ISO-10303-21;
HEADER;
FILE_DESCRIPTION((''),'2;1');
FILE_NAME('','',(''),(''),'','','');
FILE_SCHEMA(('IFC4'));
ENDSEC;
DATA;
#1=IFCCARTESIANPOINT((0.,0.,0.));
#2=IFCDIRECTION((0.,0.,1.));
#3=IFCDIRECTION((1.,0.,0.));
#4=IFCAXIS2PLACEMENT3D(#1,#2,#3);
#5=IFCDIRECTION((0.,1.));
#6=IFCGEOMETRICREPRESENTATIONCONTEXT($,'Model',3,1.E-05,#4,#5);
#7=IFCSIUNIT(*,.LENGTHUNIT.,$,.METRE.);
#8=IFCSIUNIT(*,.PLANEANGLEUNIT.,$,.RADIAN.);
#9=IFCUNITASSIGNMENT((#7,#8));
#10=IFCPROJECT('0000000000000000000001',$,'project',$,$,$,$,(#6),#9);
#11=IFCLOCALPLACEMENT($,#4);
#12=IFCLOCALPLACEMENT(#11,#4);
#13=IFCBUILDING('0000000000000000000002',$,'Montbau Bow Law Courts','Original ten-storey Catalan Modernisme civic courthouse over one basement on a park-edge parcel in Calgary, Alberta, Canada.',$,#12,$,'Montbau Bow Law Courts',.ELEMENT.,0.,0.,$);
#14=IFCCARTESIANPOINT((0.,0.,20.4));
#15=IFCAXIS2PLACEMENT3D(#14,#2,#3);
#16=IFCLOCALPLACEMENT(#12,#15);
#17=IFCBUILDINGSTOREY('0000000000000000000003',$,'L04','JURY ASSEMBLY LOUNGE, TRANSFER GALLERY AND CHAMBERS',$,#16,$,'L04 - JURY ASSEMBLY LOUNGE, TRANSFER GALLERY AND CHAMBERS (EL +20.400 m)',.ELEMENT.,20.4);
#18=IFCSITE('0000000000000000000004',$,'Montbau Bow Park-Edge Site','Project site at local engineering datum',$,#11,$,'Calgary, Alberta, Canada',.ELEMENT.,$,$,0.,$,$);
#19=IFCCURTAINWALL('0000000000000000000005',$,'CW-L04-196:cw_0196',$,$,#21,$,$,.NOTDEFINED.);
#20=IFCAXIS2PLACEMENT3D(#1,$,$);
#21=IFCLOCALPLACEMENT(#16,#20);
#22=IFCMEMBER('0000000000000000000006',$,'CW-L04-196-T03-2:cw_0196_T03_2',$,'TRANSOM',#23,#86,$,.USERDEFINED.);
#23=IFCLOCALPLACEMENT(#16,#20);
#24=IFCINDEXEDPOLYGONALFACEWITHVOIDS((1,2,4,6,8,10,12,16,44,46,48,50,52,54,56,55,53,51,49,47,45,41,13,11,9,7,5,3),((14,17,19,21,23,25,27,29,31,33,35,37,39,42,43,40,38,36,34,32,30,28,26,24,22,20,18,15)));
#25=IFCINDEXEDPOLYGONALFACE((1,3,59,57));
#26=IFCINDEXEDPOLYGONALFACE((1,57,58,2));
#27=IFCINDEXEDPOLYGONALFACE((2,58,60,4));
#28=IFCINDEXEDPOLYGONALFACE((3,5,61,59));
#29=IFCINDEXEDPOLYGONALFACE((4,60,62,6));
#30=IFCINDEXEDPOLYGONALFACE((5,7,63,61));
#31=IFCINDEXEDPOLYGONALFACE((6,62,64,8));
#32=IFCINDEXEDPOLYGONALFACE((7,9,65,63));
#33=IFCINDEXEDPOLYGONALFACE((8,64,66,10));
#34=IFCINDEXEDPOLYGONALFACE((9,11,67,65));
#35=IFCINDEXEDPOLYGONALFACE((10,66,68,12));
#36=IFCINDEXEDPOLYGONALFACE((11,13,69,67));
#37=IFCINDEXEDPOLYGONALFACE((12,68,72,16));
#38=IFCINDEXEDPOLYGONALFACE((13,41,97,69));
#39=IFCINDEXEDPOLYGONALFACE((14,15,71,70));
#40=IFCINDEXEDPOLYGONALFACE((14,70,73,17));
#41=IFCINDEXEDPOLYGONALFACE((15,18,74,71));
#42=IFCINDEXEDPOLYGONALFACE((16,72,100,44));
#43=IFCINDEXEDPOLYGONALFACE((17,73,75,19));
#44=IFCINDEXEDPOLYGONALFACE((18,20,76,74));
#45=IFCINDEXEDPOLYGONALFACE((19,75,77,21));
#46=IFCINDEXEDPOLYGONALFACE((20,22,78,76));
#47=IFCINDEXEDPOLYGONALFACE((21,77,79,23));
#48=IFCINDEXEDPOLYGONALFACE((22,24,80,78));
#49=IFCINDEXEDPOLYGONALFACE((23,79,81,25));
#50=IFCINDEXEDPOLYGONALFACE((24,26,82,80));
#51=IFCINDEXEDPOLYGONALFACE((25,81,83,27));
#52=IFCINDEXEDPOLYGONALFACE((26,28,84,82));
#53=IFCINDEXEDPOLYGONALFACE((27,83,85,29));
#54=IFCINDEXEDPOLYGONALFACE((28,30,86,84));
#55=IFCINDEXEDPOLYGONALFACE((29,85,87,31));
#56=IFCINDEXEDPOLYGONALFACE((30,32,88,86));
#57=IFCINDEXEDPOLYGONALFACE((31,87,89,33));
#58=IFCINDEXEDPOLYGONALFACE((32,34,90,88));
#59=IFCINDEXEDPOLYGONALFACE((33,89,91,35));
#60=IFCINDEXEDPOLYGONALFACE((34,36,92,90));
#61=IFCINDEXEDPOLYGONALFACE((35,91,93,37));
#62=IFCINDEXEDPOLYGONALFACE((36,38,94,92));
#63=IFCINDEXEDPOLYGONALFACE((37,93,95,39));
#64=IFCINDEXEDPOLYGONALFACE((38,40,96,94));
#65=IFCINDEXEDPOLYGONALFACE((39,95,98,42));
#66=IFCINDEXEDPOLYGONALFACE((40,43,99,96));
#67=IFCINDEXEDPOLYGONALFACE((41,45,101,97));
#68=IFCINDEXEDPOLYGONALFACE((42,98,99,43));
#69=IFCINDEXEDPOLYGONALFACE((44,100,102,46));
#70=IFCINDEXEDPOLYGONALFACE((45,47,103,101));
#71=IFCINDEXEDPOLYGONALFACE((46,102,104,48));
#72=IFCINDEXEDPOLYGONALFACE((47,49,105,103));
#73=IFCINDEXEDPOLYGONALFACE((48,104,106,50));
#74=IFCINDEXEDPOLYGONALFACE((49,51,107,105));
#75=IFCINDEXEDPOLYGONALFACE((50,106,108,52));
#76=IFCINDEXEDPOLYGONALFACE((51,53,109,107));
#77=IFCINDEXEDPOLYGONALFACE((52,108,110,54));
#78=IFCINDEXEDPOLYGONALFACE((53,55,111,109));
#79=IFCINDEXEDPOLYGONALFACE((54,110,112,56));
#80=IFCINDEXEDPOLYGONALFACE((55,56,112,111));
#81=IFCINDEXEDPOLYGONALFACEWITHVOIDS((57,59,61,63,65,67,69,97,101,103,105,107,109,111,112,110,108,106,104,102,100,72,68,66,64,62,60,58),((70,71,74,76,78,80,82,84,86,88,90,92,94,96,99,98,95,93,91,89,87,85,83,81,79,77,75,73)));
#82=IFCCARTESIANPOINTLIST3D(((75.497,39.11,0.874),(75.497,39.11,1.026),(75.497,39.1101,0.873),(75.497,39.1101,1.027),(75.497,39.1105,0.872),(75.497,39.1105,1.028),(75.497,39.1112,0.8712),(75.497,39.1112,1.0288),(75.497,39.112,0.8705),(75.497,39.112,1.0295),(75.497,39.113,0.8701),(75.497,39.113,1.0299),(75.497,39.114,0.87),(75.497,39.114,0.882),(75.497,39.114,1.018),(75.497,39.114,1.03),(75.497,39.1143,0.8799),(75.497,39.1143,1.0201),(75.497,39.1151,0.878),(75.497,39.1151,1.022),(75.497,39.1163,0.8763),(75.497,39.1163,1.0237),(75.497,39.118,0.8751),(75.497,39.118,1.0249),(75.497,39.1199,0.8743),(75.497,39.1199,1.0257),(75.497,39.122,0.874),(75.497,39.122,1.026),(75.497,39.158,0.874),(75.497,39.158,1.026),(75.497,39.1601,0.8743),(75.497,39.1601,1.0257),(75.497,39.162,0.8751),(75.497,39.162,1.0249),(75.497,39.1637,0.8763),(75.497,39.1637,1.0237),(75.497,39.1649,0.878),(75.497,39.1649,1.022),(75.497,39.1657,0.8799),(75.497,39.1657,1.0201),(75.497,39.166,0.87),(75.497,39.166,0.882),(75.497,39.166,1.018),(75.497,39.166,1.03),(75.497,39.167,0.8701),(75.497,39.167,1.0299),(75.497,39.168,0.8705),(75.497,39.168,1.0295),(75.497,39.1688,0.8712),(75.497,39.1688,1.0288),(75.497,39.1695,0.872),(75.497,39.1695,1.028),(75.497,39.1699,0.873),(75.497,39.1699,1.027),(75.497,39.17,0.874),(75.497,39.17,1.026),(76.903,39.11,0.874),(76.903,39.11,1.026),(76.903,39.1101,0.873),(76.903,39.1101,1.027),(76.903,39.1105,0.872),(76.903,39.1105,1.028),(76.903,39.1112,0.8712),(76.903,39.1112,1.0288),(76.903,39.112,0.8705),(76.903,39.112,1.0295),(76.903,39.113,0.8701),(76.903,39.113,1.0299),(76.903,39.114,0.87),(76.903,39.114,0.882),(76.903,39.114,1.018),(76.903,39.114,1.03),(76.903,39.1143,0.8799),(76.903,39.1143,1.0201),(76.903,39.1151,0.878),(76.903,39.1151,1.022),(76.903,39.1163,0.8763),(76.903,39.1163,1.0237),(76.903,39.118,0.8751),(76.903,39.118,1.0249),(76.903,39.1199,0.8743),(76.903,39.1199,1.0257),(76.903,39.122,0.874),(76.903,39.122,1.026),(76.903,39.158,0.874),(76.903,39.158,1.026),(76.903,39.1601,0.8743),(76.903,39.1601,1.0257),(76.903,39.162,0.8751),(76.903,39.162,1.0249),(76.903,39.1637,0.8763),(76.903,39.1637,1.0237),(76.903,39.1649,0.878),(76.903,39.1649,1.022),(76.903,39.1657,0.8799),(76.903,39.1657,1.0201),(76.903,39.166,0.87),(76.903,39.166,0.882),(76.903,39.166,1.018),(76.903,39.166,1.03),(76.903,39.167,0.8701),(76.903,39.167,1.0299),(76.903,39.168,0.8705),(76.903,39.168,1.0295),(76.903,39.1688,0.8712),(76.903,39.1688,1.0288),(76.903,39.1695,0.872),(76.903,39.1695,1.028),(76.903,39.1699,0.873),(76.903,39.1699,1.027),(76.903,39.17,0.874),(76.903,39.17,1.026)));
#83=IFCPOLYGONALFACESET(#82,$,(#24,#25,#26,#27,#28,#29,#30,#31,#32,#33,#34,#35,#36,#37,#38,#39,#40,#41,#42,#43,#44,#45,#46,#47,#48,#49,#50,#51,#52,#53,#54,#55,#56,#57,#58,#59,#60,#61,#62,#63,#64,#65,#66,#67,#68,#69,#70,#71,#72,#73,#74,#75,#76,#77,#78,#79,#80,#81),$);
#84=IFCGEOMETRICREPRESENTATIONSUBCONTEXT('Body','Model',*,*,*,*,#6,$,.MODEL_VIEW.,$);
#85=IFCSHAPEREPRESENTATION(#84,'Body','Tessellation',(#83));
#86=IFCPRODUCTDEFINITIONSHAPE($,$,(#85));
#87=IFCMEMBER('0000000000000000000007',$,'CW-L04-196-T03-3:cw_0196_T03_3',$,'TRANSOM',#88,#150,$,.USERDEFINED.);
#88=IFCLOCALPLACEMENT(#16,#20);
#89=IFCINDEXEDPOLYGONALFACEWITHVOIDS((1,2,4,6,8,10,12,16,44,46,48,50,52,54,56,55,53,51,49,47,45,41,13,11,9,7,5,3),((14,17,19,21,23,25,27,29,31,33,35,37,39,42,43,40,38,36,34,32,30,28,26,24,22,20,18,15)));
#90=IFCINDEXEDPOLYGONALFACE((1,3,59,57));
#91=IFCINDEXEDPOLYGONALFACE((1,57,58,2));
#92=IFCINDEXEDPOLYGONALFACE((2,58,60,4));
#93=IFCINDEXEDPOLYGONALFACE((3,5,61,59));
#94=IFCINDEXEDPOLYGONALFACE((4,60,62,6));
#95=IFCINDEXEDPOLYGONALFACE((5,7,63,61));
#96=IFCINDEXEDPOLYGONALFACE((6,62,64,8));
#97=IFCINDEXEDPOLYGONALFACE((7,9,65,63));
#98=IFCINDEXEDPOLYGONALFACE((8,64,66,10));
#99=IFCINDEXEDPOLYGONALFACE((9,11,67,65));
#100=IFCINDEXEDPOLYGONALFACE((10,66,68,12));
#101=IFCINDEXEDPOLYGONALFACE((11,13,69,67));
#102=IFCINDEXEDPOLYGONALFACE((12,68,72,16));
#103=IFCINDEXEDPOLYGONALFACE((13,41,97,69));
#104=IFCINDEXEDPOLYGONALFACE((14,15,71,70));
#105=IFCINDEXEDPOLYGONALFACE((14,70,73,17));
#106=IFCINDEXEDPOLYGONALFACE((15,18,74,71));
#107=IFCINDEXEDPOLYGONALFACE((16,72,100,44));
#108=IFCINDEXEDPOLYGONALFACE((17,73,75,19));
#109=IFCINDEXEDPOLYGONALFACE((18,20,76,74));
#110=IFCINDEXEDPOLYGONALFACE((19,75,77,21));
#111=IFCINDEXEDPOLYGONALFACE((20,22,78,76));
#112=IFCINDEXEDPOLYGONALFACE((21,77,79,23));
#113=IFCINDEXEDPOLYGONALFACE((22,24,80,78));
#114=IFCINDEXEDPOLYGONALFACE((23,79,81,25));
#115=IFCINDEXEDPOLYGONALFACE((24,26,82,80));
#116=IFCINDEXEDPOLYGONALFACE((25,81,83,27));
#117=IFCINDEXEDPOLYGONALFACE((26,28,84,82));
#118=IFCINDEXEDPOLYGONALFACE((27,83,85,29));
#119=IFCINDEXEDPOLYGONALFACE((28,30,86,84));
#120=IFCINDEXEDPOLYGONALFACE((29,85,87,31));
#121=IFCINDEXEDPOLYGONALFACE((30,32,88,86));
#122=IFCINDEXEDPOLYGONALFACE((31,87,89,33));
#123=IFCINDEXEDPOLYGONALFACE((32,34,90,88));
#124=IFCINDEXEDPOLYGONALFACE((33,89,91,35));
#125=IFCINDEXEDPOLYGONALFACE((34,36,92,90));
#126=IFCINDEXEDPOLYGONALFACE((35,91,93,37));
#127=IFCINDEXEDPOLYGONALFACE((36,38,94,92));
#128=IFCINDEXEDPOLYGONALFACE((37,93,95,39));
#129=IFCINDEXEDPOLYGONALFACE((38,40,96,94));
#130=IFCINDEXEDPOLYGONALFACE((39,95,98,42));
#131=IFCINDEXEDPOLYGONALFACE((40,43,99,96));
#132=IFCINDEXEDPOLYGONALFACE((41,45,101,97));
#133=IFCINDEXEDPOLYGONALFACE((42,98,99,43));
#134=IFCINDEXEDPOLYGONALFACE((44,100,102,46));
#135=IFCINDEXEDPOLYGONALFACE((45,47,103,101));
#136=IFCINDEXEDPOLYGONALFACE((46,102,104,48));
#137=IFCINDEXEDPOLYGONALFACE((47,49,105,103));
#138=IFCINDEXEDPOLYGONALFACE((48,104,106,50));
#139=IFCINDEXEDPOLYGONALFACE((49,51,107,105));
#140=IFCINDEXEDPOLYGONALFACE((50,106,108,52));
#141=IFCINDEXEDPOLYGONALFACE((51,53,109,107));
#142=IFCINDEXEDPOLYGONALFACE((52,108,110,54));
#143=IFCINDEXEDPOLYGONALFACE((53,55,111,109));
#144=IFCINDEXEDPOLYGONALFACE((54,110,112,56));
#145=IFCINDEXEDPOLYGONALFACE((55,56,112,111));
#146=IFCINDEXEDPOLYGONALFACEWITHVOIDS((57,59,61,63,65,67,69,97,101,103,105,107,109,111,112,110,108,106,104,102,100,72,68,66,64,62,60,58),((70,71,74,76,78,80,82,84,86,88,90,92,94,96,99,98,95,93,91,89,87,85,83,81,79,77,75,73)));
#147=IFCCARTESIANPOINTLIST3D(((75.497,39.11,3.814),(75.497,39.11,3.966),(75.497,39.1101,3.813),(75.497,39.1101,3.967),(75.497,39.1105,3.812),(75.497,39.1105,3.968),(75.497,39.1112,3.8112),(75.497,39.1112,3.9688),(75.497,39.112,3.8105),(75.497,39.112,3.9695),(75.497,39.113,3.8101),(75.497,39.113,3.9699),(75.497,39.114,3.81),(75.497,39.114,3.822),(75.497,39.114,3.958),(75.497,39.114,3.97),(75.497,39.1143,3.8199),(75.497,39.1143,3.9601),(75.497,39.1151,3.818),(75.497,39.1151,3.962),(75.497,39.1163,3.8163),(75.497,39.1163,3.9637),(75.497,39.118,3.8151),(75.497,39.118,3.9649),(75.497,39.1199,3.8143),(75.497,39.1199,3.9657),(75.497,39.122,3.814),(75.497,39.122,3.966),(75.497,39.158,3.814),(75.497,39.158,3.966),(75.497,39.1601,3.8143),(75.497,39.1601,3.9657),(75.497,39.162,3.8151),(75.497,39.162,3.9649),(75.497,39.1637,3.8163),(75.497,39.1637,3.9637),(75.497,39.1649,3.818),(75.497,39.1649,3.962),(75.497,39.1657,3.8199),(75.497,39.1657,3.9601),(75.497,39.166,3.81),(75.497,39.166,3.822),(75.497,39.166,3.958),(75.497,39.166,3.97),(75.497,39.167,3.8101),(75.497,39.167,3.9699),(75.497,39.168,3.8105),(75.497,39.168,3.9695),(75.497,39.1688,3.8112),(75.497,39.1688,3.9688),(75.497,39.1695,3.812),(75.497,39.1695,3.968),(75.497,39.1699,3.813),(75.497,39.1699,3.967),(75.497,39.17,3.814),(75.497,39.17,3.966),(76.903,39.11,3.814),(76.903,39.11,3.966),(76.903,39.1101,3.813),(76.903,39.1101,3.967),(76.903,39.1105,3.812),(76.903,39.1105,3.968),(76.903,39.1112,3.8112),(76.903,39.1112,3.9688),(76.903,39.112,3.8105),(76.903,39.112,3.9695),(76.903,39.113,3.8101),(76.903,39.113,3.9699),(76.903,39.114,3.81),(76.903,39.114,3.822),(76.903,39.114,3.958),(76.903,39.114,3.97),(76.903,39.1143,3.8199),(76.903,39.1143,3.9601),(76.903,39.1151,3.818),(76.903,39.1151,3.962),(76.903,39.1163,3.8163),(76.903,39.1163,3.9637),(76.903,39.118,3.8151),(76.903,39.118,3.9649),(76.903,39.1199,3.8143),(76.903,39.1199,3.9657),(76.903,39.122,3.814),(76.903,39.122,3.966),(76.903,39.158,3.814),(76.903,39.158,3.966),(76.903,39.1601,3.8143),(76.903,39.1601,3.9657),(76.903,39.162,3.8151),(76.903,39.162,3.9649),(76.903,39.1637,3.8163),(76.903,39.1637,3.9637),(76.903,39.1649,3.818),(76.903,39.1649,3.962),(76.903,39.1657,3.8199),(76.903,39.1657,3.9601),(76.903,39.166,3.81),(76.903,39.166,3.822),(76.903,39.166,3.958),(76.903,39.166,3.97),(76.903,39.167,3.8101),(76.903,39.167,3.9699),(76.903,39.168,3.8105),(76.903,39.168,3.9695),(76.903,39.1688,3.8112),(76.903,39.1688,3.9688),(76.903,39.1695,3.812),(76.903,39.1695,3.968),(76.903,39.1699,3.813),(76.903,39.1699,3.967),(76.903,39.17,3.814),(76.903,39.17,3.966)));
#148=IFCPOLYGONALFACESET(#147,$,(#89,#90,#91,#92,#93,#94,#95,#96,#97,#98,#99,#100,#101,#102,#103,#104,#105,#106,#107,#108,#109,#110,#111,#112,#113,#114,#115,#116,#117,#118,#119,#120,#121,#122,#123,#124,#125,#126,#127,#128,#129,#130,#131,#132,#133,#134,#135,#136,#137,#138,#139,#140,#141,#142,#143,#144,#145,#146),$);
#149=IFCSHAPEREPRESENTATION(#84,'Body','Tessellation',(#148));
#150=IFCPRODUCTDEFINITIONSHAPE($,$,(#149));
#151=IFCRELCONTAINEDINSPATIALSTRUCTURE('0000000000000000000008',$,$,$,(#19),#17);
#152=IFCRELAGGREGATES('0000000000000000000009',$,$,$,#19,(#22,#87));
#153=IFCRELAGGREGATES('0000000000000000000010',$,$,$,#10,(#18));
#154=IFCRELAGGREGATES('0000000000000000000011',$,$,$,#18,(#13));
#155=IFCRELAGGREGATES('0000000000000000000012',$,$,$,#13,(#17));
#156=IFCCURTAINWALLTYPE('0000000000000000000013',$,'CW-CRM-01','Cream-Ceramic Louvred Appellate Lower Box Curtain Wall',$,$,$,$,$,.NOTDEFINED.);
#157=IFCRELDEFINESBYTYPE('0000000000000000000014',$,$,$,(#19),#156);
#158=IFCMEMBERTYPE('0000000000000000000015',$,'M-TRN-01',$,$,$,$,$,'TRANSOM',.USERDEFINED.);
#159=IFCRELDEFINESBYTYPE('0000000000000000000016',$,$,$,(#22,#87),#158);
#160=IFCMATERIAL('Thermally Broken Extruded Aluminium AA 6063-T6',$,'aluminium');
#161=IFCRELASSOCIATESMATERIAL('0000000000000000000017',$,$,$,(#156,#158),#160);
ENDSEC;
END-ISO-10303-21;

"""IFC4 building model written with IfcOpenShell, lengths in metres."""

from ifc_helpers import new_model, si_unit, direction, frame, origin_with_axes, origin_2d_with_axis, place, context, subcontext, project, spatial, hollow_rectangle, extrude, material, material_profile, profile_set, type_object, element, aggregate, save


model = new_model("IFC4")

# Units and contexts
model_context = context("Model", 3, precision=1e-05, world=origin_with_axes(), true_north=direction((0.0, 1.0)))
body_context = subcontext(model_context, "Body", "Model", "MODEL_VIEW")
ifc_project = project(units=[si_unit("LENGTHUNIT", "METRE"), si_unit("PLANEANGLEUNIT", "RADIAN")], contexts=[model_context])

# Site, building, storey
site_placement = place(None, origin_with_axes())
site = spatial("IfcSite", under=ifc_project, at=site_placement, Name="Montbau Bow Park-Edge Site", Description="Project site at local engineering datum", LongName="Calgary, Alberta, Canada", CompositionType="ELEMENT", RefElevation=0.0)
building_placement = place(site_placement, origin_with_axes())
building = spatial("IfcBuilding", under=site, at=building_placement, Name="Montbau Bow Law Courts", Description="Original ten-storey Catalan Modernisme civic courthouse over one basement on a park-edge parcel in Calgary, Alberta, Canada.", LongName="Montbau Bow Law Courts", CompositionType="ELEMENT", ElevationOfRefHeight=0.0, ElevationOfTerrain=0.0)
storey_placement = place(building_placement, frame((0.0, 0.0, 20.4), z_axis=(0.0, 0.0, 1.0), x_axis=(1.0, 0.0, 0.0)))
storey = spatial("IfcBuildingStorey", under=building, at=storey_placement, Name="L04", Description="JURY ASSEMBLY LOUNGE, TRANSFER GALLERY AND CHAMBERS", LongName="L04 - JURY ASSEMBLY LOUNGE, TRANSFER GALLERY AND CHAMBERS (EL +20.400 m)", CompositionType="ELEMENT", Elevation=20.4)

# Curtain wall, members
ifc_material_1 = material(Name="Thermally Broken Extruded Aluminium AA 6063-T6", Category="aluminium")
curtain_wall_type = type_object("IfcCurtainWallType", Name="CW-CRM-01", Description="Cream-Ceramic Louvred Appellate Lower Box Curtain Wall", PredefinedType="NOTDEFINED", material=ifc_material_1)
curtain_wall_placement = place(None, frame((72.515, 39.14, 20.4), z_axis=(0.0, 0.0, 1.0), x_axis=(1.0, 0.0, 0.0)))
curtain_wall = element("IfcCurtainWall", 1, at=curtain_wall_placement, inside=storey, type_object=curtain_wall_type, Name="CW-L04-196:cw_0196", PredefinedType="NOTDEFINED")
ifc_material_profile_1 = material_profile(ifc_material_1, hollow_rectangle(XDim=0.06, YDim=0.16, WallThickness=0.004, InnerFilletRadius=0.008, OuterFilletRadius=0.004, at=origin_2d_with_axis()), Name="CWT-160X60", Category="Main", Priority=0)
ifc_profile_set_1 = profile_set([ifc_material_profile_1], Name="Thermally Broken Extruded Aluminium AA 6063-T6")
member_type_1 = type_object("IfcMemberType", Name="M-TRN-01", ElementType="TRANSOM", PredefinedType="USERDEFINED", material=ifc_profile_set_1)
member_1_placement = place(None, frame((75.497, 39.14, 21.35), z_axis=(1.0, 0.0, 0.0), x_axis=(0.0, 1.0, 0.0)))
member_1 = element("IfcMember", 2, at=member_1_placement, type_object=member_type_1, Name="CW-L04-196-T03-2:cw_0196_T03_2", ObjectType="TRANSOM", PredefinedType="USERDEFINED", context=body_context, shape_type="SweptSolid", body=[
    extrude(hollow_rectangle(XDim=0.06, YDim=0.16, WallThickness=0.004, InnerFilletRadius=0.008, OuterFilletRadius=0.004, at=origin_2d_with_axis()), origin_with_axes(), (0.0, 0.0, 1.0), 1.406),
])
member_2_placement = place(None, frame((75.497, 39.14, 24.29), z_axis=(1.0, 0.0, 0.0), x_axis=(0.0, 1.0, 0.0)))
member_2 = element("IfcMember", 3, at=member_2_placement, type_object=member_type_1, Name="CW-L04-196-T03-3:cw_0196_T03_3", ObjectType="TRANSOM", PredefinedType="USERDEFINED", context=body_context, shape_type="SweptSolid", body=[
    extrude(hollow_rectangle(XDim=0.06, YDim=0.16, WallThickness=0.004, InnerFilletRadius=0.008, OuterFilletRadius=0.004, at=origin_2d_with_axis()), origin_with_axes(), (0.0, 0.0, 1.0), 1.406),
])
aggregate(curtain_wall, [member_1, member_2])

save(model, "model.ifc")
